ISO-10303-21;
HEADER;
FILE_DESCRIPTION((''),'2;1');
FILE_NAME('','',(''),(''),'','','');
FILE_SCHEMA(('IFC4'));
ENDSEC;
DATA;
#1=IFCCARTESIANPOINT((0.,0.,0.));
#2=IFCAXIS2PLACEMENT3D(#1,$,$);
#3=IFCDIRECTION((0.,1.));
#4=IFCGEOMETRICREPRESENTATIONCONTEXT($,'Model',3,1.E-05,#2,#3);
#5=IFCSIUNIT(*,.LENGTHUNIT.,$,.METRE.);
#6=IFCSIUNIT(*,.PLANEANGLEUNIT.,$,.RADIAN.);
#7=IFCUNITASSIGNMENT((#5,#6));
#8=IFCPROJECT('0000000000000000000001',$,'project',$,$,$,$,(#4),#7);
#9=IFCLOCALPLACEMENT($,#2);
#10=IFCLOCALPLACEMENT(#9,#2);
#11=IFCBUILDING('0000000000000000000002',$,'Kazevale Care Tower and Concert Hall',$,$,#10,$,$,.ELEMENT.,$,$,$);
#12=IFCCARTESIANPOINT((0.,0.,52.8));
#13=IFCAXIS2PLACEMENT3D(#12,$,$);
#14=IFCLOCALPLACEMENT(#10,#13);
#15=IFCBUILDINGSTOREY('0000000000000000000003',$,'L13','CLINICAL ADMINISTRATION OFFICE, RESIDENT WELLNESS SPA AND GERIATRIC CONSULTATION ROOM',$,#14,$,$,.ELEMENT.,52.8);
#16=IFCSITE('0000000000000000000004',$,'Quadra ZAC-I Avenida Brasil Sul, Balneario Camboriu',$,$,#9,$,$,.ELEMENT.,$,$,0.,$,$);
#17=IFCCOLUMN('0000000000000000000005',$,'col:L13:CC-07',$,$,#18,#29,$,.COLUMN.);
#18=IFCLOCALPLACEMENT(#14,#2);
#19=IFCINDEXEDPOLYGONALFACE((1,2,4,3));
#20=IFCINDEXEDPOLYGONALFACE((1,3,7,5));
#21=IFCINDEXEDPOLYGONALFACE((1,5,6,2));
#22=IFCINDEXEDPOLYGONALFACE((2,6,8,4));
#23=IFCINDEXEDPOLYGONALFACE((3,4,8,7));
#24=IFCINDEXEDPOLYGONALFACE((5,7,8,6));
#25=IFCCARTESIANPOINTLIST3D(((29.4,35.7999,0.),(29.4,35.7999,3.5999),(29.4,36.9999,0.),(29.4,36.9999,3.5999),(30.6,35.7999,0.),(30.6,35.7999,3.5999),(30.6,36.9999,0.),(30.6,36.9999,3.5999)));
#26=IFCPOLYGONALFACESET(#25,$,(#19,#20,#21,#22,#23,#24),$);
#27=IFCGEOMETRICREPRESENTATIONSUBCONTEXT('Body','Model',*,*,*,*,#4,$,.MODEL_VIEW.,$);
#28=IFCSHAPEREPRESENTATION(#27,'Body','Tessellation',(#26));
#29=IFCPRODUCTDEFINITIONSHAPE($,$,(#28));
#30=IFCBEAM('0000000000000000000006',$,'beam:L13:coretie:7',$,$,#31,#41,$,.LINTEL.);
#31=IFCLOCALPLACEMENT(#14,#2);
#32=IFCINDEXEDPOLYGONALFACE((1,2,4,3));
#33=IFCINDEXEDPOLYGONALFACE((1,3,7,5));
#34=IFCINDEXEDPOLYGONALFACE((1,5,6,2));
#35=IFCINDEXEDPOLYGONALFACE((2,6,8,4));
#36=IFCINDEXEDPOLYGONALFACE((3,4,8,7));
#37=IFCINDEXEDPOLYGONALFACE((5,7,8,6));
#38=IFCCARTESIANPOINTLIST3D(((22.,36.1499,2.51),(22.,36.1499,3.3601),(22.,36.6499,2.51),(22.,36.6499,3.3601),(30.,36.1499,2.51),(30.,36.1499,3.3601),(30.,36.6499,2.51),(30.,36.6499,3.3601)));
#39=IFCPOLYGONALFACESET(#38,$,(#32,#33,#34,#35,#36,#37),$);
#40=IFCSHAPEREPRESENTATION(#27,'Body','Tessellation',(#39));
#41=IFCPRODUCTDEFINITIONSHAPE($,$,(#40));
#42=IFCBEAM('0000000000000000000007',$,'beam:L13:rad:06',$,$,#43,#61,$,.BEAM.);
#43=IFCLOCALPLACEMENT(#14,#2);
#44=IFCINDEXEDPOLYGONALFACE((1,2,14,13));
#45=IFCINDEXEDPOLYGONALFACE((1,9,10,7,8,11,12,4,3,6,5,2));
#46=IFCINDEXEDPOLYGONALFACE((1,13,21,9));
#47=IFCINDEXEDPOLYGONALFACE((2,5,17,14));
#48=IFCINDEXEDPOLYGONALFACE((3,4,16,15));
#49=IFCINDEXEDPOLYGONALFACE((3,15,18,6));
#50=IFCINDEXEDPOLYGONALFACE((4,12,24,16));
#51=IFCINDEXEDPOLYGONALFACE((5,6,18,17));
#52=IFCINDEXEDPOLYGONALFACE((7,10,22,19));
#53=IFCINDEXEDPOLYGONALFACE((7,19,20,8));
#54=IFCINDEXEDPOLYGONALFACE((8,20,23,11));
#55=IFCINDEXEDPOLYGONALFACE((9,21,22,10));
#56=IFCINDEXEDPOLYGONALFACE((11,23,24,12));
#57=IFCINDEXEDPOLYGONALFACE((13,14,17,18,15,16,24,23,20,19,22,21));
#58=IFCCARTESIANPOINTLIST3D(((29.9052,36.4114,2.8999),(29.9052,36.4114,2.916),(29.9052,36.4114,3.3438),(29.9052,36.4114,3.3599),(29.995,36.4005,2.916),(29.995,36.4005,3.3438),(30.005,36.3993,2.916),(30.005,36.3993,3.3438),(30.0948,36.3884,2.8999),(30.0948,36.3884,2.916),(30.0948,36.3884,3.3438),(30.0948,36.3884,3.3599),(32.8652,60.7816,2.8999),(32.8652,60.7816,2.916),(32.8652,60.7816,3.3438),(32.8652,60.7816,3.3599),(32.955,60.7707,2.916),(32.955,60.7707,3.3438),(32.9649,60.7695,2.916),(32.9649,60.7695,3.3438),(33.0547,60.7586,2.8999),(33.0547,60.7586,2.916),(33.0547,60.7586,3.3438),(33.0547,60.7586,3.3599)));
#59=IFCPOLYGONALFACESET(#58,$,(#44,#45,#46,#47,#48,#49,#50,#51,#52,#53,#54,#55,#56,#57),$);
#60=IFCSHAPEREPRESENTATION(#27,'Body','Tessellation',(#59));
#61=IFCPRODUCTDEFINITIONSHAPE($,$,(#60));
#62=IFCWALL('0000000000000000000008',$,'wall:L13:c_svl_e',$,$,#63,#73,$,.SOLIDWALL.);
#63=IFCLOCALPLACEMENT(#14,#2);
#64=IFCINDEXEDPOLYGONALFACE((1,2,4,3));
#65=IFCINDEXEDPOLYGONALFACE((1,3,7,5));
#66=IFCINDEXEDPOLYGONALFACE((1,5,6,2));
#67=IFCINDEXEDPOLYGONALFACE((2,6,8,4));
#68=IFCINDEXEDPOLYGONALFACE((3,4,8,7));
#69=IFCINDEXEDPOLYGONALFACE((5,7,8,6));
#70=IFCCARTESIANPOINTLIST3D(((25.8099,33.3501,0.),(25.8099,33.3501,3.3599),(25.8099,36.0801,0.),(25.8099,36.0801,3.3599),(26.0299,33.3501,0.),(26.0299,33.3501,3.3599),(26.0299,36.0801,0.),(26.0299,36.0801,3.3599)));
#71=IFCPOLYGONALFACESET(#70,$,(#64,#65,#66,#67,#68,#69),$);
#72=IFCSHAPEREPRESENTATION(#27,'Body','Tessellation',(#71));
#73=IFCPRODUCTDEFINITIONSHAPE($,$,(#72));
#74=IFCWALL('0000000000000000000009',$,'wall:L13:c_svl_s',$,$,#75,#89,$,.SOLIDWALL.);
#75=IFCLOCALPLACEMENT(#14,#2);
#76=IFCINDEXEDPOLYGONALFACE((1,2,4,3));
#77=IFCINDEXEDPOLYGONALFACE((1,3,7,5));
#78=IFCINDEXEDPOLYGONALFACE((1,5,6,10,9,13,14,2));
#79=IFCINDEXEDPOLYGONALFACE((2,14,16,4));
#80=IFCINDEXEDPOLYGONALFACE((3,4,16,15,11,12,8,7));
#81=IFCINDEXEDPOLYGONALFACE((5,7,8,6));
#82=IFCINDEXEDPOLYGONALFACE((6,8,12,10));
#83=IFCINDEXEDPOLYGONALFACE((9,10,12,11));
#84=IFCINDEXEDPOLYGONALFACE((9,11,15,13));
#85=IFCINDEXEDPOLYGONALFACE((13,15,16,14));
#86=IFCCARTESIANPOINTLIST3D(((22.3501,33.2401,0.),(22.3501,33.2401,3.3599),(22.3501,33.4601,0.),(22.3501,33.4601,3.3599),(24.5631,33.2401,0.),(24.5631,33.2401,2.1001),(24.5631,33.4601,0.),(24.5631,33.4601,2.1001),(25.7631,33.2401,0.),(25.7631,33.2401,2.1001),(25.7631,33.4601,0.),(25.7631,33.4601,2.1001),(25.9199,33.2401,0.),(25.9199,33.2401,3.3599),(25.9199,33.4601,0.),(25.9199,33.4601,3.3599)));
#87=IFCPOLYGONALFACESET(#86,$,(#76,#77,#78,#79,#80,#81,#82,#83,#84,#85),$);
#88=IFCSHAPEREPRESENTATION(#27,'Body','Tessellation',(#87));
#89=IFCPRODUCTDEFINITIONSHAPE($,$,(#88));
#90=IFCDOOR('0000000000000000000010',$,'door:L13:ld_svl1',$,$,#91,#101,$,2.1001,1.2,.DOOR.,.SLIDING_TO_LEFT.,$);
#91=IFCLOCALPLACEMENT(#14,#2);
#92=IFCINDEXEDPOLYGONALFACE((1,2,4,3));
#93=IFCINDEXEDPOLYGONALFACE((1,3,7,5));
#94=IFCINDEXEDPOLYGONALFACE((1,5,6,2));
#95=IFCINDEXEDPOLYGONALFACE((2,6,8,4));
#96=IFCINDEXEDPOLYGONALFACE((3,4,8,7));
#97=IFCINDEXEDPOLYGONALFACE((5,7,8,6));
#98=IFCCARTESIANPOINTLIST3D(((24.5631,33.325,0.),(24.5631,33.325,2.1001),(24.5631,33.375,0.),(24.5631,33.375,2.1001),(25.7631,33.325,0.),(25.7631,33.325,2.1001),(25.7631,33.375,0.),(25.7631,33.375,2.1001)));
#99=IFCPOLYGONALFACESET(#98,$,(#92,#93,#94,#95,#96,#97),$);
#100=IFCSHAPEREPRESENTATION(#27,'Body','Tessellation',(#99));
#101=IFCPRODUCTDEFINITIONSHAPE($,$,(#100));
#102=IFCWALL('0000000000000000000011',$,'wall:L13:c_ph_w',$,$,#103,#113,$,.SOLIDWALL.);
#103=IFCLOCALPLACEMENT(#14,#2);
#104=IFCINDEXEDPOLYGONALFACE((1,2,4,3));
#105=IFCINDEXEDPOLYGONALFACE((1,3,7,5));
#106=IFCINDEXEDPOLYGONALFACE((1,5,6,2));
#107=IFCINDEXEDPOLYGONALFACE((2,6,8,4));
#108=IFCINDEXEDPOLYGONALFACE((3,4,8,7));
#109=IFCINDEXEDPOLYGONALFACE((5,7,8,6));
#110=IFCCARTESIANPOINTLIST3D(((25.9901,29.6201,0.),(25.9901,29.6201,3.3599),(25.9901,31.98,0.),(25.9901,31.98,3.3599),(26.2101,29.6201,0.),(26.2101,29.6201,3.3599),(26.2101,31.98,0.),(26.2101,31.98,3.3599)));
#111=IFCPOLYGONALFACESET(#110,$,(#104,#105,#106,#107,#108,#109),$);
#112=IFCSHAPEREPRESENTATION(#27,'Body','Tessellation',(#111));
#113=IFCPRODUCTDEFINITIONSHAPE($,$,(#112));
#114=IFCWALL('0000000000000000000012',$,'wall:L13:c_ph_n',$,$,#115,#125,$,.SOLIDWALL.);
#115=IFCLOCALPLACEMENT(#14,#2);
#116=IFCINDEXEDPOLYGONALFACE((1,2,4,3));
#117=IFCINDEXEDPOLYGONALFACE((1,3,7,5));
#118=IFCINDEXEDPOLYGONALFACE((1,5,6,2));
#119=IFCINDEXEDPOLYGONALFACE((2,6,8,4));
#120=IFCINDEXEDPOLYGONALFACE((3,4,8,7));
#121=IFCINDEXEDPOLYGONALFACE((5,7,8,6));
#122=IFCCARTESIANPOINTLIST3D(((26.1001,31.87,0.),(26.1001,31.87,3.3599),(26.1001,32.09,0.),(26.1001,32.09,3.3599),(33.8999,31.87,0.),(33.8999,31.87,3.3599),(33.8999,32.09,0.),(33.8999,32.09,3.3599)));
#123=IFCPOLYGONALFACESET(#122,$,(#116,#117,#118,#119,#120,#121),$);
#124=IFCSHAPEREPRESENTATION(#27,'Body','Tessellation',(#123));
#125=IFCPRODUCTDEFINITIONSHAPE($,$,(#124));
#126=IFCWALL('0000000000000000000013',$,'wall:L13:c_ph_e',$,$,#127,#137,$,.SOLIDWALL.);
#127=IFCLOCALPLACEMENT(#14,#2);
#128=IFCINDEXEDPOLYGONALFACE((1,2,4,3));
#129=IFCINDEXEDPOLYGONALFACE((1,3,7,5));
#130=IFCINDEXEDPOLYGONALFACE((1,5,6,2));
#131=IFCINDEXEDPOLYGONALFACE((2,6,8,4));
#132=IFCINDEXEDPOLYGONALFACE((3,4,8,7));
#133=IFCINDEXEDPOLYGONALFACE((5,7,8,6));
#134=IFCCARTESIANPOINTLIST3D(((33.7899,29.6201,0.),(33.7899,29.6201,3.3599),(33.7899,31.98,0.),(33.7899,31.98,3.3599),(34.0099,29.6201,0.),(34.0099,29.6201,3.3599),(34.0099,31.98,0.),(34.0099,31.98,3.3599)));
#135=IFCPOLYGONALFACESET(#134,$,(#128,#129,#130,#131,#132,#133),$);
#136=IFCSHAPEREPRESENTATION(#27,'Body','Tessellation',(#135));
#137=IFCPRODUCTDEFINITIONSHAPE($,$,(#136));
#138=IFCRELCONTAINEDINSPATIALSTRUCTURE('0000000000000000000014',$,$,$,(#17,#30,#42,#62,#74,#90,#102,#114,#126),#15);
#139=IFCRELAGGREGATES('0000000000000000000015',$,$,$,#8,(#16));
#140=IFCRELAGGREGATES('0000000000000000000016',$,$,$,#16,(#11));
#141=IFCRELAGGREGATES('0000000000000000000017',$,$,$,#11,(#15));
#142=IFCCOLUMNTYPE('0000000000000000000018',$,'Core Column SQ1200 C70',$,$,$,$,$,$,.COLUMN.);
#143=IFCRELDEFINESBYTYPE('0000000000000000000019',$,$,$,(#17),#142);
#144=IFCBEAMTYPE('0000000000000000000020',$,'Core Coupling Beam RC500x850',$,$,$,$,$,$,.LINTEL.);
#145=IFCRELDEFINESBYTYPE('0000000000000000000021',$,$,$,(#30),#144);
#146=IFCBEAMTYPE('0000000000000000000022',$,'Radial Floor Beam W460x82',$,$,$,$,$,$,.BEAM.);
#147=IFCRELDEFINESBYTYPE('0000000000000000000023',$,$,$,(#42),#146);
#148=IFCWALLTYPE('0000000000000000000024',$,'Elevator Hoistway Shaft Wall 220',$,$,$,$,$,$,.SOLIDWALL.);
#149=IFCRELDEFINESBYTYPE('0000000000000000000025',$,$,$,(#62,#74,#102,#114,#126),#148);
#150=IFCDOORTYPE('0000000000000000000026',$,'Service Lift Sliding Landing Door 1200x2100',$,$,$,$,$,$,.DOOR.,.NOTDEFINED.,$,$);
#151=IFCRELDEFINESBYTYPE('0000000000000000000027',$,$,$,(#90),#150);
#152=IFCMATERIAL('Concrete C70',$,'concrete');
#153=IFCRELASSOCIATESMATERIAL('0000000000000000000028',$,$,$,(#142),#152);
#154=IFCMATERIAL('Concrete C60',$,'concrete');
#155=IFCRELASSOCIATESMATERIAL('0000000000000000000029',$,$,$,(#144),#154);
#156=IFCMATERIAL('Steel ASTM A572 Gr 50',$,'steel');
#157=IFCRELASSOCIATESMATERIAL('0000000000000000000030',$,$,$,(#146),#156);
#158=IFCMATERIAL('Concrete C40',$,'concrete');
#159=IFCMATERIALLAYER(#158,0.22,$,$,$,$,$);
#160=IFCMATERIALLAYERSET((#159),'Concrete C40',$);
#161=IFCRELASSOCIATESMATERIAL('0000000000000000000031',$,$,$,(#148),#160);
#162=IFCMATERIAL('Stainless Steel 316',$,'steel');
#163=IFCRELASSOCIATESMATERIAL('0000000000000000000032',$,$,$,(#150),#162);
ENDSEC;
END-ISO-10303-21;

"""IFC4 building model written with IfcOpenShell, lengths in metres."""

from ifc_helpers import new_model, si_unit, direction, frame, frame_2d, origin, origin_2d, place, context, subcontext, project, spatial, rectangle, i_section, extrude, material, layer, layer_set, material_profile, profile_set, type_object, element, fill, save


model = new_model("IFC4")

# Units and contexts
model_context = context("Model", 3, precision=1e-05, world=origin(), true_north=direction((0.0, 1.0)))
body_context = subcontext(model_context, "Body", "Model", "MODEL_VIEW")
ifc_project = project(units=[si_unit("LENGTHUNIT", "METRE"), si_unit("PLANEANGLEUNIT", "RADIAN")], contexts=[model_context])

# Site, building, storey
site_placement = place(None, origin())
site = spatial("IfcSite", under=ifc_project, at=site_placement, Name="Quadra ZAC-I Avenida Brasil Sul, Balneario Camboriu", CompositionType="ELEMENT", RefElevation=0.0)
building_placement = place(site_placement, origin())
building = spatial("IfcBuilding", under=site, at=building_placement, Name="Kazevale Care Tower and Concert Hall", CompositionType="ELEMENT")
storey_placement = place(building_placement, frame((0.0, 0.0, 52.8)))
storey = spatial("IfcBuildingStorey", under=building, at=storey_placement, Name="L13", Description="CLINICAL ADMINISTRATION OFFICE, RESIDENT WELLNESS SPA AND GERIATRIC CONSULTATION ROOM", CompositionType="ELEMENT", Elevation=52.8)

# Column
ifc_material_1 = material(Name="Concrete C70", Category="concrete")
ifc_material_profile_1 = material_profile(ifc_material_1, rectangle(XDim=1.2, YDim=1.2, at=origin_2d()), Name="RC-SQ1200")
ifc_profile_set_1 = profile_set([ifc_material_profile_1], Name="Concrete C70")
column_type = type_object("IfcColumnType", Name="Core Column SQ1200 C70", PredefinedType="COLUMN", material=ifc_profile_set_1)
column_placement = place(storey_placement, frame((30.0, 36.3999, 0.0), z_axis=(0.0, 0.0, 1.0), x_axis=(1.0, 0.0, 0.0)))
element("IfcColumn", 1, at=column_placement, inside=storey, type_object=column_type, Name="col:L13:CC-07", PredefinedType="COLUMN", context=body_context, shape_type="SweptSolid", body=[
    extrude(rectangle(XDim=1.2, YDim=1.2, at=origin_2d()), origin(), (0.0, 0.0, 1.0), 3.5999),
])

# Beams
ifc_material_2 = material(Name="Concrete C60", Category="concrete")
ifc_material_profile_2 = material_profile(ifc_material_2, rectangle(XDim=0.5, YDim=0.8501, at=origin_2d()), Name="RC-B500x850")
ifc_profile_set_2 = profile_set([ifc_material_profile_2], Name="Concrete C60")
beam_type_1 = type_object("IfcBeamType", Name="Core Coupling Beam RC500x850", PredefinedType="LINTEL", material=ifc_profile_set_2)
beam_1_placement = place(storey_placement, frame((30.0, 36.3999, 2.9351), z_axis=(-1.0, 0.0, 0.0), x_axis=(0.0, -1.0, 0.0)))
element("IfcBeam", 2, at=beam_1_placement, inside=storey, type_object=beam_type_1, Name="beam:L13:coretie:7", PredefinedType="LINTEL", context=body_context, shape_type="SweptSolid", body=[
    extrude(rectangle(XDim=0.5, YDim=0.8501, at=origin_2d()), origin(), (0.0, 0.0, 1.0), 8.0),
])
ifc_material_3 = material(Name="Steel ASTM A572 Gr 50", Category="steel")
ifc_material_profile_3 = material_profile(ifc_material_3, i_section(OverallWidth=0.1909, OverallDepth=0.46, WebThickness=0.01, FlangeThickness=0.0161, at=origin_2d()), Name="W460x82")
ifc_profile_set_3 = profile_set([ifc_material_profile_3], Name="Steel ASTM A572 Gr 50")
beam_type_2 = type_object("IfcBeamType", Name="Radial Floor Beam W460x82", PredefinedType="BEAM", material=ifc_profile_set_3)
beam_2_placement = place(storey_placement, frame((30.0, 36.3999, 3.1299), z_axis=(0.120573, 0.992705, 0.0), x_axis=(-0.992705, 0.120573, 0.0)))
element("IfcBeam", 3, at=beam_2_placement, inside=storey, type_object=beam_type_2, Name="beam:L13:rad:06", PredefinedType="BEAM", context=body_context, shape_type="SweptSolid", body=[
    extrude(i_section(OverallWidth=0.1909, OverallDepth=0.46, WebThickness=0.01, FlangeThickness=0.0161, at=origin_2d()), origin(), (0.0, 0.0, 1.0), 24.5493),
])

# Wall
ifc_material_4 = material(Name="Concrete C40", Category="concrete")
ifc_layer = layer(ifc_material_4, 0.22)
ifc_layer_set = layer_set([ifc_layer], Name="Concrete C40")
wall_type = type_object("IfcWallType", Name="Elevator Hoistway Shaft Wall 220", PredefinedType="SOLIDWALL", material=ifc_layer_set)
wall_1_placement = place(storey_placement, frame((25.9199, 33.3501, 0.0), z_axis=(0.0, 0.0, 1.0), x_axis=(0.0, 1.0, 0.0)))
element("IfcWall", 4, at=wall_1_placement, inside=storey, type_object=wall_type, Name="wall:L13:c_svl_e", PredefinedType="SOLIDWALL", context=body_context, shape_type="SweptSolid", body=[
    extrude(rectangle(XDim=2.73, YDim=0.22, at=frame_2d((1.365, 0.0))), origin(), (0.0, 0.0, 1.0), 3.3599),
])

# Wall, opening, door
wall_2_placement = place(storey_placement, frame((22.3501, 33.3501, 0.0), z_axis=(0.0, 0.0, 1.0), x_axis=(1.0, 0.0, 0.0)))
wall_2 = element("IfcWall", 5, at=wall_2_placement, inside=storey, type_object=wall_type, Name="wall:L13:c_svl_s", PredefinedType="SOLIDWALL", context=body_context, shape_type="SweptSolid", body=[
    extrude(rectangle(XDim=3.5698, YDim=0.22, at=frame_2d((1.7849, 0.0))), origin(), (0.0, 0.0, 1.0), 3.3599),
])
opening_1_placement = place(wall_2_placement, frame((2.2129, 0.0, 0.0)))
opening_1 = element("IfcOpeningElement", 6, at=opening_1_placement, cuts=wall_2, PredefinedType="OPENING", context=body_context, shape_type="SweptSolid", body=[
    extrude(rectangle(XDim=1.2, YDim=2.1001, at=frame_2d((0.6001, 1.05))), frame((0.0, 0.1199, 0.0), z_axis=(0.0, -1.0, 0.0), x_axis=(1.0, 0.0, 0.0)), (0.0, 0.0, 1.0), 0.24),
])
ifc_material_5 = material(Name="Stainless Steel 316", Category="steel")
door_type_1 = type_object("IfcDoorType", Name="Service Lift Sliding Landing Door 1200x2100", OperationType="NOTDEFINED", PredefinedType="DOOR", material=ifc_material_5)
door_1_placement = place(opening_1_placement, origin())
door_1 = element("IfcDoor", 7, at=door_1_placement, inside=storey, type_object=door_type_1, Name="door:L13:ld_svl1", OperationType="SLIDING_TO_LEFT", OverallHeight=2.1001, OverallWidth=1.2, PredefinedType="DOOR", context=body_context, shape_type="SweptSolid", body=[
    extrude(rectangle(XDim=1.2, YDim=2.1001, at=frame_2d((0.6001, 1.05))), frame((0.0, 0.0249, 0.0), z_axis=(0.0, -1.0, 0.0), x_axis=(1.0, 0.0, 0.0)), (0.0, 0.0, 1.0), 0.05),
])
fill(opening_1, door_1)

# Walls
wall_3_placement = place(storey_placement, frame((26.1001, 29.6201, 0.0), z_axis=(0.0, 0.0, 1.0), x_axis=(0.0, 1.0, 0.0)))
element("IfcWall", 8, at=wall_3_placement, inside=storey, type_object=wall_type, Name="wall:L13:c_ph_w", PredefinedType="SOLIDWALL", context=body_context, shape_type="SweptSolid", body=[
    extrude(rectangle(XDim=2.3599, YDim=0.22, at=frame_2d((1.1799, 0.0))), origin(), (0.0, 0.0, 1.0), 3.3599),
])
wall_4_placement = place(storey_placement, frame((26.1001, 31.98, 0.0), z_axis=(0.0, 0.0, 1.0), x_axis=(1.0, 0.0, 0.0)))
element("IfcWall", 9, at=wall_4_placement, inside=storey, type_object=wall_type, Name="wall:L13:c_ph_n", PredefinedType="SOLIDWALL", context=body_context, shape_type="SweptSolid", body=[
    extrude(rectangle(XDim=7.7998, YDim=0.22, at=frame_2d((3.8999, 0.0))), origin(), (0.0, 0.0, 1.0), 3.3599),
])
wall_5_placement = place(storey_placement, frame((33.8999, 29.6201, 0.0), z_axis=(0.0, 0.0, 1.0), x_axis=(0.0, 1.0, 0.0)))
element("IfcWall", 10, at=wall_5_placement, inside=storey, type_object=wall_type, Name="wall:L13:c_ph_e", PredefinedType="SOLIDWALL", context=body_context, shape_type="SweptSolid", body=[
    extrude(rectangle(XDim=2.3599, YDim=0.22, at=frame_2d((1.1799, 0.0))), origin(), (0.0, 0.0, 1.0), 3.3599),
])

save(model, "model.ifc")
